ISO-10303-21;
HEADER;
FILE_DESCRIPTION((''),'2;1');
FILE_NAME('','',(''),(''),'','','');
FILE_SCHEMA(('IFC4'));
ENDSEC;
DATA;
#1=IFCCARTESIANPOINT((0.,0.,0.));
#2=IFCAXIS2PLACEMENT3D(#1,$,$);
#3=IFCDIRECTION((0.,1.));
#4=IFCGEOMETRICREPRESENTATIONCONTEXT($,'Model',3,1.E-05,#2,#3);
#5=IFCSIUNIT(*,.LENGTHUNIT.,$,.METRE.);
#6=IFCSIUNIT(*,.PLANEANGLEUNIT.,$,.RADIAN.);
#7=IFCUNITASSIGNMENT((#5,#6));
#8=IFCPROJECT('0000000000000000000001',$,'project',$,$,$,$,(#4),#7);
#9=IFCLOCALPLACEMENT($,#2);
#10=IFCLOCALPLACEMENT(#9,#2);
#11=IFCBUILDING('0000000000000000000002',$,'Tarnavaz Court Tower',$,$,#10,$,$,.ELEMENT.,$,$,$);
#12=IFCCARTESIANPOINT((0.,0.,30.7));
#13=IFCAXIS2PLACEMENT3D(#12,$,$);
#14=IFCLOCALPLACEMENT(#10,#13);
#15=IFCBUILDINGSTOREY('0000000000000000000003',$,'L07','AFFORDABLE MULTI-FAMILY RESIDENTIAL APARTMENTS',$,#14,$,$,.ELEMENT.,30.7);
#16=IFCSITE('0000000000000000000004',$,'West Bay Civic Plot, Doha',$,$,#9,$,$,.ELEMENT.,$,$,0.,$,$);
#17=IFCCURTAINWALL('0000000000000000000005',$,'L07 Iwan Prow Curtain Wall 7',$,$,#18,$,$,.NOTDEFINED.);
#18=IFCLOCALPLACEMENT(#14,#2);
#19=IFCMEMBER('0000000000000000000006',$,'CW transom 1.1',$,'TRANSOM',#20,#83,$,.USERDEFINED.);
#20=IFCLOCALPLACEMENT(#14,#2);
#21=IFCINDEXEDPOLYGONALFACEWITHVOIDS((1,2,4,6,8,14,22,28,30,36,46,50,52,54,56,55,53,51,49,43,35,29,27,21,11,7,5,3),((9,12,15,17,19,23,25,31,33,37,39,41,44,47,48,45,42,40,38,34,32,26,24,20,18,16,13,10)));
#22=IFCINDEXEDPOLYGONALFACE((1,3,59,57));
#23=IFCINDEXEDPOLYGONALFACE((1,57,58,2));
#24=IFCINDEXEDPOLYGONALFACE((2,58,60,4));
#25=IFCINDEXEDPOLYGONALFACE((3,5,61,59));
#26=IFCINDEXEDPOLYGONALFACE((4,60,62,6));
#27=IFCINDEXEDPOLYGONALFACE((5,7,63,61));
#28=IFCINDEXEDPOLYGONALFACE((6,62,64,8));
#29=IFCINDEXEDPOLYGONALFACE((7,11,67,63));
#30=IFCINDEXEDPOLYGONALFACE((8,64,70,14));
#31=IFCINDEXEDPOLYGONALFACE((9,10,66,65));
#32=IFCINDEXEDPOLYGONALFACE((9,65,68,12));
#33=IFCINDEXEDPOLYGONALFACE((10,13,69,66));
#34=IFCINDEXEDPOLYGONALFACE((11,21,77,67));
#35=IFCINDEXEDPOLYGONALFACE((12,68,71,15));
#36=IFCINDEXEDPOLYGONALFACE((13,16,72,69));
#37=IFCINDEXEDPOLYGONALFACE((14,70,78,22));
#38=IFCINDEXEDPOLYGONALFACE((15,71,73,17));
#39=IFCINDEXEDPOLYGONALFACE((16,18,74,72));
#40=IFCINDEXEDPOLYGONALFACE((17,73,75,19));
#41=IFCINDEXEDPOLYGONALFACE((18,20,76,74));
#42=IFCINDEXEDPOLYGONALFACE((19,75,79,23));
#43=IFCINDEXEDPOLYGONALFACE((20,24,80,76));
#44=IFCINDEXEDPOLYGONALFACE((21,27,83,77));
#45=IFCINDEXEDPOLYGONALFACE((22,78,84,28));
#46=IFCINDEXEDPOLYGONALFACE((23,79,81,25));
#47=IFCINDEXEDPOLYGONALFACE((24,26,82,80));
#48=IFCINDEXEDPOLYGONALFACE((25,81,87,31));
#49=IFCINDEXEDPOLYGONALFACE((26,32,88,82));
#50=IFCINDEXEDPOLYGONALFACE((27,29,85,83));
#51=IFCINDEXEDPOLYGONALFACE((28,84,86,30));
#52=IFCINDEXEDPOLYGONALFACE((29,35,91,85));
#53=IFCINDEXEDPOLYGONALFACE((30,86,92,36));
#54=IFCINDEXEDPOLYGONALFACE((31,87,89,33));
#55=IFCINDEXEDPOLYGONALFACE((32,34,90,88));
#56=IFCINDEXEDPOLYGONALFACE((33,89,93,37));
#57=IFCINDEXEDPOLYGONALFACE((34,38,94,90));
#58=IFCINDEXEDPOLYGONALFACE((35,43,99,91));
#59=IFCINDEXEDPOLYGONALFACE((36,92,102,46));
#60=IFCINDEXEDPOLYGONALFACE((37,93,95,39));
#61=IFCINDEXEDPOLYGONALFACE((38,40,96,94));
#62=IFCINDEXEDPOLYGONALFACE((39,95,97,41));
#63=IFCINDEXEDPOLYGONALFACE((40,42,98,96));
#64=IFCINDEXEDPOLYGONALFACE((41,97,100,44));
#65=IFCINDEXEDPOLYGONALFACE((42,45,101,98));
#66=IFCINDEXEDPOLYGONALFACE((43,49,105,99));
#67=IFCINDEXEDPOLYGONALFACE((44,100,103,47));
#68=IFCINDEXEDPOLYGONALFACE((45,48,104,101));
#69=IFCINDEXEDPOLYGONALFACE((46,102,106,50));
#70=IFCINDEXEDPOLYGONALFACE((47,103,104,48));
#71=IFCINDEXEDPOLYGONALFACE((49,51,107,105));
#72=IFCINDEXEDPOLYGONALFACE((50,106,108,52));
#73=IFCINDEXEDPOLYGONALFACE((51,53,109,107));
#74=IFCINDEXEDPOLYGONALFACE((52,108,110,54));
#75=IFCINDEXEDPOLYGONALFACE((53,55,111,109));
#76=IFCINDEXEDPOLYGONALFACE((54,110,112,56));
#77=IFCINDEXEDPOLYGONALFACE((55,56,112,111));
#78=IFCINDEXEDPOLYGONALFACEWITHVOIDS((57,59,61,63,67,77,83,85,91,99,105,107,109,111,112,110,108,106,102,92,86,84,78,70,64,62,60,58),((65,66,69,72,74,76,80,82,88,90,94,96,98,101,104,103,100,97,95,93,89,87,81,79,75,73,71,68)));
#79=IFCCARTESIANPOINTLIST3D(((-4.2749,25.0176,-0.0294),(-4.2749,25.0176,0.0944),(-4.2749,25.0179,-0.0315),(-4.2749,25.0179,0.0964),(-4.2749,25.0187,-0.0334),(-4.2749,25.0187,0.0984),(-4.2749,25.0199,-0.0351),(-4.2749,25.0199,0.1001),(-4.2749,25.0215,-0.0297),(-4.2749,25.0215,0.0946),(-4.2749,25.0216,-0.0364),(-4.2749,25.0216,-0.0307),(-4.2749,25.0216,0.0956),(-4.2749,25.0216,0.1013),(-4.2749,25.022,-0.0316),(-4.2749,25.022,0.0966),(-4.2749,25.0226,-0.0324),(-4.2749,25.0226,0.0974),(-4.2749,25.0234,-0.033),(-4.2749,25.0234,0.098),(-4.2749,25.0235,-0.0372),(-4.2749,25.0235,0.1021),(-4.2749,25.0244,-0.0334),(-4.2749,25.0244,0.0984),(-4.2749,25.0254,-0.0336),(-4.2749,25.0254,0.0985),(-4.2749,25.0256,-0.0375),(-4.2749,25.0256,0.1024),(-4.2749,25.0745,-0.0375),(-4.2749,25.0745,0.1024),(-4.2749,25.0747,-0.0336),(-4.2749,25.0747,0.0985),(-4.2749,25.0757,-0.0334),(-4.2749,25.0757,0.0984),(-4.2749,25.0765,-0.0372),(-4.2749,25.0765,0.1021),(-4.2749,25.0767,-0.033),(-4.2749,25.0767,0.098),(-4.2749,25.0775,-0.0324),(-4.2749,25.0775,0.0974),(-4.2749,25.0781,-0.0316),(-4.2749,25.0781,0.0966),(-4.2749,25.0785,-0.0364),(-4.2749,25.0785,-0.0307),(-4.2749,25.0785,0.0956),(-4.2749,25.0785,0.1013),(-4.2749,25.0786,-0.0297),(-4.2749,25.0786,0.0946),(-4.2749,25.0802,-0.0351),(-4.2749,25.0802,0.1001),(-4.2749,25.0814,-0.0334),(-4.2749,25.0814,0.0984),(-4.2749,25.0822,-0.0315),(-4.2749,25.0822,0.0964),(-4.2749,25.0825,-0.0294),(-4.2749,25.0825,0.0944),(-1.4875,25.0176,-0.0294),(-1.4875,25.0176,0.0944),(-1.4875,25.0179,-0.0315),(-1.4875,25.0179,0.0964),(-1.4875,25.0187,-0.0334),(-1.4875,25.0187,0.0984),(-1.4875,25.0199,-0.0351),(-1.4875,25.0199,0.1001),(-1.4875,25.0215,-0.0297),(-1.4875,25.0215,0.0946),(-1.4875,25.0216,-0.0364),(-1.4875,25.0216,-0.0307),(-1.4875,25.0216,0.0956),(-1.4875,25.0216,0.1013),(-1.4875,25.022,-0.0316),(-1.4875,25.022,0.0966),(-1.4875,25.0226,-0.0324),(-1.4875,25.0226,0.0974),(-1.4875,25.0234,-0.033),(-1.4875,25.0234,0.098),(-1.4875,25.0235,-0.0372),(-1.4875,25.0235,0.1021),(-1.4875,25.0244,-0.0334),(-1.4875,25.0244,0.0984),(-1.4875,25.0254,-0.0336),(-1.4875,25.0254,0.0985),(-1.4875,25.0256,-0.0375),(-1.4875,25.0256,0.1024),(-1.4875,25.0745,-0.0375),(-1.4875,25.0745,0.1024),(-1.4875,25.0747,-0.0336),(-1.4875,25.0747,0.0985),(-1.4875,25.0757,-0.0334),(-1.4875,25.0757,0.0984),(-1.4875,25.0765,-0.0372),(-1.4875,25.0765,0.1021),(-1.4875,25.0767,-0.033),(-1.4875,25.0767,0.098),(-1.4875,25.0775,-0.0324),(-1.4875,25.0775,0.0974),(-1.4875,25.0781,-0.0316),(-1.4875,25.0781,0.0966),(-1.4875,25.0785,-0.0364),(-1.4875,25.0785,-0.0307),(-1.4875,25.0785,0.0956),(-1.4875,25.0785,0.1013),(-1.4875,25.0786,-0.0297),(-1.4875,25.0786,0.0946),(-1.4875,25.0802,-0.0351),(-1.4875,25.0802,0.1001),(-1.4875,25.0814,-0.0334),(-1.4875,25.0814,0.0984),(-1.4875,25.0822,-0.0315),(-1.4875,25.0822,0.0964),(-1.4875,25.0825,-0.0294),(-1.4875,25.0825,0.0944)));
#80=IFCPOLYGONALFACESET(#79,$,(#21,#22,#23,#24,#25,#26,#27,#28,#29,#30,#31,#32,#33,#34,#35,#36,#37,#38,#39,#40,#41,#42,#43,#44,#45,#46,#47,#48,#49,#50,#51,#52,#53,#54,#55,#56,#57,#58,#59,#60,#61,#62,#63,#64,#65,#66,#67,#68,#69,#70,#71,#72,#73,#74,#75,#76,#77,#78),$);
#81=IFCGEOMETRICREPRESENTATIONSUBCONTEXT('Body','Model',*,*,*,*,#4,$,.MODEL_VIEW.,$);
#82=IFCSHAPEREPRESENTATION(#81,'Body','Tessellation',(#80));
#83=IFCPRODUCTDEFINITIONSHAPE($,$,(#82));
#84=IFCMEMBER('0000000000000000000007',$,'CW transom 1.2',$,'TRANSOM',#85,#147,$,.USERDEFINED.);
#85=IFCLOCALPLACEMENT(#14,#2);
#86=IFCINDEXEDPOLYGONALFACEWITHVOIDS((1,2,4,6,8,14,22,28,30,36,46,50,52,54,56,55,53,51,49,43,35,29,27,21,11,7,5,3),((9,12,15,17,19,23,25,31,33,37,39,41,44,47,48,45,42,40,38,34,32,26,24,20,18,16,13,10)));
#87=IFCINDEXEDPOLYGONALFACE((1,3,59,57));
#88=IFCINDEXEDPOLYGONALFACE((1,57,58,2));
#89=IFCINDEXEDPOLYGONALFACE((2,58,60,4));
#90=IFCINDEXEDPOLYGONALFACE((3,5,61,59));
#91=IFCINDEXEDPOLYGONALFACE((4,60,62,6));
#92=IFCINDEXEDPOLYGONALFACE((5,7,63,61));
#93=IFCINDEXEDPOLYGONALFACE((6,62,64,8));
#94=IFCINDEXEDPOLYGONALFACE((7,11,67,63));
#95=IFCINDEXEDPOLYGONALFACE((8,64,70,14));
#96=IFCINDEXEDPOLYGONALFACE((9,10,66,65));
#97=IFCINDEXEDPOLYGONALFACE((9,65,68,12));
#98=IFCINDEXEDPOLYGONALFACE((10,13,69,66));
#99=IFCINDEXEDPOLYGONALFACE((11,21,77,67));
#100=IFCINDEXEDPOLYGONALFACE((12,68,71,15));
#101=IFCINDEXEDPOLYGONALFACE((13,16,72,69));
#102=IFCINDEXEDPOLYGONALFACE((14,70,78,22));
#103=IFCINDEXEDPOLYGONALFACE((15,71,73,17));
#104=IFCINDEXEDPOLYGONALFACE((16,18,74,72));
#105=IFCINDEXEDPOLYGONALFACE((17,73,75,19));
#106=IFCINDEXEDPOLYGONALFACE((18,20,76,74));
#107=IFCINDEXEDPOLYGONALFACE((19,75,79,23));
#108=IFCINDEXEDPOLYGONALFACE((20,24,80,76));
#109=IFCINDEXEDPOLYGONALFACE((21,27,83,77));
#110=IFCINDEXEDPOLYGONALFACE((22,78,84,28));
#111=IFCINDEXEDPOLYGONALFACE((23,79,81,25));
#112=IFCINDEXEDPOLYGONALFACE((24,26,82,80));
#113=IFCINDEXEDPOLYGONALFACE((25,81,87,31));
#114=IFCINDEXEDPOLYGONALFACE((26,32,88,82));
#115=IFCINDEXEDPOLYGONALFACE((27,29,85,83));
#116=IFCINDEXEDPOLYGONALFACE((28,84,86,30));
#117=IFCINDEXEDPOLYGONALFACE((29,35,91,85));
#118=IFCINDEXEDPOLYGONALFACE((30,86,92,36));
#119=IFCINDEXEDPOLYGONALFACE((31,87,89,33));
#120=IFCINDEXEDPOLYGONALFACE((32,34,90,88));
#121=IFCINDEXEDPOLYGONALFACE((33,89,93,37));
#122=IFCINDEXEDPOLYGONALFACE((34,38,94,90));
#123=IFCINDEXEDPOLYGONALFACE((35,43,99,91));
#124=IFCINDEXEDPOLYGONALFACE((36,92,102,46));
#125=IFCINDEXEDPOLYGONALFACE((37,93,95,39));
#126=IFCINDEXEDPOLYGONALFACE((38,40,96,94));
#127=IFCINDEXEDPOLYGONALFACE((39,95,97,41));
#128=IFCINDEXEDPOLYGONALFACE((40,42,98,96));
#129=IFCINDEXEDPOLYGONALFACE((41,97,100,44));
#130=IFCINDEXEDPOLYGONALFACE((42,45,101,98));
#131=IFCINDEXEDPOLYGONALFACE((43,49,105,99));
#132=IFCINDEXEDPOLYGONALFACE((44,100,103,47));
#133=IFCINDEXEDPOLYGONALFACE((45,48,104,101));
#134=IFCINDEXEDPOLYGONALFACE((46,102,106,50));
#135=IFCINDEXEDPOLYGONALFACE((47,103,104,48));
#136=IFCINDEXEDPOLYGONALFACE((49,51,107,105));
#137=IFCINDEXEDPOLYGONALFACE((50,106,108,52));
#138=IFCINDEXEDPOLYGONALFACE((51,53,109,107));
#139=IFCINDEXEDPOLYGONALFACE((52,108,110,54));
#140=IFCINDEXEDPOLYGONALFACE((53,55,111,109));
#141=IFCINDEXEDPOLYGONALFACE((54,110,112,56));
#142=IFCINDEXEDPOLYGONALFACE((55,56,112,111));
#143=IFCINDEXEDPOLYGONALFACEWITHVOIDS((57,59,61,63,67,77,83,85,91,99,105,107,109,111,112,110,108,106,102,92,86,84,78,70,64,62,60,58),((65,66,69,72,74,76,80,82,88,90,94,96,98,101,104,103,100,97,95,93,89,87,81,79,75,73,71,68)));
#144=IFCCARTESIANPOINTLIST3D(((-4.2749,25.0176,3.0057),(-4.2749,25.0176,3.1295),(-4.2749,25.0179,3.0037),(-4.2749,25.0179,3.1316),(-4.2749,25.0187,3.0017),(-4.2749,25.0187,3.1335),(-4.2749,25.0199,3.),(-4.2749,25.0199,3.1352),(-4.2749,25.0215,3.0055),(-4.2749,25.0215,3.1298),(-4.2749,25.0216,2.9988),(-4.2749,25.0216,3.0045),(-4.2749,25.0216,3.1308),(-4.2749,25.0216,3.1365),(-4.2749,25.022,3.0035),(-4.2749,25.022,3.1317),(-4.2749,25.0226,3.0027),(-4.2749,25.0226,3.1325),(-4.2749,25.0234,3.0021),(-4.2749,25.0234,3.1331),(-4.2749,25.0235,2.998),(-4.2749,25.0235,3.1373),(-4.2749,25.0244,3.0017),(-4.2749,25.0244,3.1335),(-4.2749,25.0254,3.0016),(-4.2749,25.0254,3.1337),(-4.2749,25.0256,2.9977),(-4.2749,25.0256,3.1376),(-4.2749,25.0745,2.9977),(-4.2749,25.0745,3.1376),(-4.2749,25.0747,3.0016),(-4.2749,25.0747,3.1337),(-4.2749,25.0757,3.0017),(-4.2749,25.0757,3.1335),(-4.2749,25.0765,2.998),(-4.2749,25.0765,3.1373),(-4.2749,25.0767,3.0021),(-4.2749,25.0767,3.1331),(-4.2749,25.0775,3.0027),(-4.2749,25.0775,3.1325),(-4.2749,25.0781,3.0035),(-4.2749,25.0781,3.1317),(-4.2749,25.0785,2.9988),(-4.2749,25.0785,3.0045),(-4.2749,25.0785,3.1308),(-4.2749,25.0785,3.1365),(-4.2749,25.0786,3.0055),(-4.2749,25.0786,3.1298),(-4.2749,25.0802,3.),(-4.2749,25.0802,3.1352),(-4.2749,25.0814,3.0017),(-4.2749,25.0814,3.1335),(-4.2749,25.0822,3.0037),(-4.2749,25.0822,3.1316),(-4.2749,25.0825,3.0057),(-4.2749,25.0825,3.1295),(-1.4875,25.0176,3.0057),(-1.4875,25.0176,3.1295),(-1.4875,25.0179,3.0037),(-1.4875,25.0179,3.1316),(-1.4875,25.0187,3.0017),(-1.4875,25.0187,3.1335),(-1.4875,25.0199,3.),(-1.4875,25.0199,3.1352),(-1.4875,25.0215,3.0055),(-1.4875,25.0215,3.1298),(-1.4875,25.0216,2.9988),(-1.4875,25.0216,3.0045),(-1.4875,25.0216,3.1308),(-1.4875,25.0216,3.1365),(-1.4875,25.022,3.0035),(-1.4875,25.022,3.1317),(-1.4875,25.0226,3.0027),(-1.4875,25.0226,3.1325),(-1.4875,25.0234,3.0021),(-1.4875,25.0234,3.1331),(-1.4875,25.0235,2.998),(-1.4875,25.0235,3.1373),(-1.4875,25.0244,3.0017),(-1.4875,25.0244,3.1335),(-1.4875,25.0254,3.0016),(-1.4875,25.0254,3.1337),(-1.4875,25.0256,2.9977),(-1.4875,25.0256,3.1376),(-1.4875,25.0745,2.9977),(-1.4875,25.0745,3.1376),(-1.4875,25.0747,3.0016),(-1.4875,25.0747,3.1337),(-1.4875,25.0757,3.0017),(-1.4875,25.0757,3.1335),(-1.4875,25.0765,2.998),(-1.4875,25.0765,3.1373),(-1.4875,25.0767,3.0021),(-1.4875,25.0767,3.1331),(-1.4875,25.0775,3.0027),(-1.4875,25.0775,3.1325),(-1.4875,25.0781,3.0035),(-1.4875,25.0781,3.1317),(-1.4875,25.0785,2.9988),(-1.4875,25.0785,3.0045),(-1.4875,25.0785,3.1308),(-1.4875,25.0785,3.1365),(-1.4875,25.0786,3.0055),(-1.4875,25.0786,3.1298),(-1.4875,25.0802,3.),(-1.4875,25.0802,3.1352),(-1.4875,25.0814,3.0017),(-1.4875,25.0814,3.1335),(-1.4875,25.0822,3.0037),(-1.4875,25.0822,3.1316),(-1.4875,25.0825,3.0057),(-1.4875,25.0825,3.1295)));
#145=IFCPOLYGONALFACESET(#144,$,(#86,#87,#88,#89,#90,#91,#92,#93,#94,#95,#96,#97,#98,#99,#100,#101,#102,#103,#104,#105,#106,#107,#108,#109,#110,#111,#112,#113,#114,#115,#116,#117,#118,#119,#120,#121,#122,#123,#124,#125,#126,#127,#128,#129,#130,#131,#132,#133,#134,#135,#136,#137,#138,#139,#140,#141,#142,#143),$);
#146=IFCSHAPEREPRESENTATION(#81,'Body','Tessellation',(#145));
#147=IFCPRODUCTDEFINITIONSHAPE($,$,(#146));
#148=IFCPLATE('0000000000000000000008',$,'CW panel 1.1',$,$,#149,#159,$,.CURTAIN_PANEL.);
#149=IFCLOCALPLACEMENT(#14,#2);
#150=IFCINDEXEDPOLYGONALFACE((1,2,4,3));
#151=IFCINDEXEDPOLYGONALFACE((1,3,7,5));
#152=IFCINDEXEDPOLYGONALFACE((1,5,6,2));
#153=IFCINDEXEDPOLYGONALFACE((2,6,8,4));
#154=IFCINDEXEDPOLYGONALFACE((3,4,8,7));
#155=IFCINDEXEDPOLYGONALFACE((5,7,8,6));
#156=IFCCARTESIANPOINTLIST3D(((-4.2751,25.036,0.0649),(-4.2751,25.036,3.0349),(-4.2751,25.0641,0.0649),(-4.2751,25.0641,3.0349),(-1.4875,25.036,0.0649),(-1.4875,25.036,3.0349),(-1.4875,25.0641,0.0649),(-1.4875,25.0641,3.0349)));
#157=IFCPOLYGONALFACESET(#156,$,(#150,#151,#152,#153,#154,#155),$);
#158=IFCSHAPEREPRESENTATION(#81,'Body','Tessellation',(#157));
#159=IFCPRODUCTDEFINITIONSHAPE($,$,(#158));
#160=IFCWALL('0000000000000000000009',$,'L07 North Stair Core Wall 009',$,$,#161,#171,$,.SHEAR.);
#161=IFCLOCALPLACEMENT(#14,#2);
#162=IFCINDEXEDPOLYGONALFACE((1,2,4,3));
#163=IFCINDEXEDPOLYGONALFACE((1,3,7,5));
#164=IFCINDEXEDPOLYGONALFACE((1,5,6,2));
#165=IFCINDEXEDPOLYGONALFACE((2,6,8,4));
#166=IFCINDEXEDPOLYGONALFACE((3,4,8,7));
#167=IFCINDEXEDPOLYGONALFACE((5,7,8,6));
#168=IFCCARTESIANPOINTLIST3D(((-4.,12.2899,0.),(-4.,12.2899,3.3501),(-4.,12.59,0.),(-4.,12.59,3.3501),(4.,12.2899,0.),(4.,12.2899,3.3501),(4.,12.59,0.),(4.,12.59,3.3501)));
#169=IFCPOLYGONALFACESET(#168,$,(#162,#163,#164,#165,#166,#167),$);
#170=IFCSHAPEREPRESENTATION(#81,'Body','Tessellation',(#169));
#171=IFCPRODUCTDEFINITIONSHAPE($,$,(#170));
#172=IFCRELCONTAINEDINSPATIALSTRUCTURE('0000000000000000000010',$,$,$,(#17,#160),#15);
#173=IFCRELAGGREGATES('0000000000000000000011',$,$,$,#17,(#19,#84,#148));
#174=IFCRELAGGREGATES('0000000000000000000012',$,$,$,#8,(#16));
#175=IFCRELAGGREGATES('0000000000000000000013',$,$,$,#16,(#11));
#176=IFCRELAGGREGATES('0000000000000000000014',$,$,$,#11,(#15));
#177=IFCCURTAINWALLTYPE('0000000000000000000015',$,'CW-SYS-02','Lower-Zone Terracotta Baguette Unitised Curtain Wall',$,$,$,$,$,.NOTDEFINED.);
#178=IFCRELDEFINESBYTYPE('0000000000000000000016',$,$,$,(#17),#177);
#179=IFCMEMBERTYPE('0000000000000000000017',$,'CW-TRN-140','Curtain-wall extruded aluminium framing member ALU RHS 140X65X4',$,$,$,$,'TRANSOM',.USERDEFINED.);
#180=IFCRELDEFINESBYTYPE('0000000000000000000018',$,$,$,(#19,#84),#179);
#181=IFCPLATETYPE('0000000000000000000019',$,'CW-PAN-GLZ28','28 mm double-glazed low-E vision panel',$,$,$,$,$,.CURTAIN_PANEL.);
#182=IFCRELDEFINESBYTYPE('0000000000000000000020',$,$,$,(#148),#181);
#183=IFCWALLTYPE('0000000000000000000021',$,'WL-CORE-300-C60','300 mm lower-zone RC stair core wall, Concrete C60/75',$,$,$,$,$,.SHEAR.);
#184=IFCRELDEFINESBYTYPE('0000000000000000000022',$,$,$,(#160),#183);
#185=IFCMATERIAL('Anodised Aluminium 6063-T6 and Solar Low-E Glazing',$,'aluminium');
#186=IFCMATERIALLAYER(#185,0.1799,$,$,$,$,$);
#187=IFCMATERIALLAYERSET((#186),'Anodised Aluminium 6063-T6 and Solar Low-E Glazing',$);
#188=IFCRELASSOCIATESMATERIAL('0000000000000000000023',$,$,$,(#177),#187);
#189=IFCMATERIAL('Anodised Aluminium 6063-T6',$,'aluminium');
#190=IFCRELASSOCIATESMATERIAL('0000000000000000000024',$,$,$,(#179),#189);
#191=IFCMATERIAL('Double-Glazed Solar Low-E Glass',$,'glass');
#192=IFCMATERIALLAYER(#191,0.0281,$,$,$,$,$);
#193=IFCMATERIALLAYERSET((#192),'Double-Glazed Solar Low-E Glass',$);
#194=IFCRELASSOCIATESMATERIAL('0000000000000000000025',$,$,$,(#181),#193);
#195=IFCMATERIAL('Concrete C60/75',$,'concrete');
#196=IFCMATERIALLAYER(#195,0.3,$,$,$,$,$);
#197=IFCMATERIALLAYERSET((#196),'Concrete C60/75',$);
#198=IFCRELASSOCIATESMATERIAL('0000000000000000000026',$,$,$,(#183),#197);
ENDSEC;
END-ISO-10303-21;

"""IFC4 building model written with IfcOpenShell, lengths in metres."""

from ifc_helpers import new_model, si_unit, direction, frame, frame_2d, origin, origin_2d, place, context, subcontext, project, spatial, rectangle, hollow_rectangle, extrude, material, layer, layer_set, material_profile, profile_set, type_object, element, aggregate, save


model = new_model("IFC4")

# Units and contexts
model_context = context("Model", 3, precision=1e-05, world=origin(), true_north=direction((0.0, 1.0)))
body_context = subcontext(model_context, "Body", "Model", "MODEL_VIEW")
ifc_project = project(units=[si_unit("LENGTHUNIT", "METRE"), si_unit("PLANEANGLEUNIT", "RADIAN")], contexts=[model_context])

# Site, building, storey
site_placement = place(None, origin())
site = spatial("IfcSite", under=ifc_project, at=site_placement, Name="West Bay Civic Plot, Doha", CompositionType="ELEMENT", RefElevation=0.0)
building_placement = place(site_placement, origin())
building = spatial("IfcBuilding", under=site, at=building_placement, Name="Tarnavaz Court Tower", CompositionType="ELEMENT")
storey_placement = place(building_placement, frame((0.0, 0.0, 30.7)))
storey = spatial("IfcBuildingStorey", under=building, at=storey_placement, Name="L07", Description="AFFORDABLE MULTI-FAMILY RESIDENTIAL APARTMENTS", CompositionType="ELEMENT", Elevation=30.7)

# Shared definitions
ifc_material_1 = material(Name="Concrete C60/75", Category="concrete")

# Curtain wall, members, plate
ifc_material_2 = material(Name="Anodised Aluminium 6063-T6 and Solar Low-E Glazing", Category="aluminium")
ifc_layer_1 = layer(ifc_material_2, 0.1799)
ifc_layer_set_1 = layer_set([ifc_layer_1], Name="Anodised Aluminium 6063-T6 and Solar Low-E Glazing")
curtain_wall_type = type_object("IfcCurtainWallType", Name="CW-SYS-02", Description="Lower-Zone Terracotta Baguette Unitised Curtain Wall", PredefinedType="NOTDEFINED", material=ifc_layer_set_1)
curtain_wall_placement = place(storey_placement, origin())
curtain_wall = element("IfcCurtainWall", 1, at=curtain_wall_placement, inside=storey, type_object=curtain_wall_type, Name="L07 Iwan Prow Curtain Wall 7", PredefinedType="NOTDEFINED")
ifc_material_3 = material(Name="Anodised Aluminium 6063-T6", Category="aluminium")
ifc_material_profile_1 = material_profile(ifc_material_3, hollow_rectangle(XDim=0.0649, YDim=0.1399, WallThickness=0.0039, InnerFilletRadius=0.0039, OuterFilletRadius=0.0081, at=origin_2d()), Name="ALU RHS 140X65X4")
ifc_profile_set_1 = profile_set([ifc_material_profile_1], Name="Anodised Aluminium 6063-T6")
member_type_1 = type_object("IfcMemberType", Name="CW-TRN-140", Description="Curtain-wall extruded aluminium framing member ALU RHS 140X65X4", ElementType="TRANSOM", PredefinedType="USERDEFINED", material=ifc_profile_set_1)
member_1_placement = place(storey_placement, frame((-4.2749, 25.05, 0.0325), z_axis=(1.0, 0.0, 0.0), x_axis=(0.0, 1.0, 0.0)))
member_1 = element("IfcMember", 2, at=member_1_placement, type_object=member_type_1, Name="CW transom 1.1", ObjectType="TRANSOM", PredefinedType="USERDEFINED", context=body_context, shape_type="SweptSolid", body=[
    extrude(hollow_rectangle(XDim=0.0649, YDim=0.1399, WallThickness=0.0039, InnerFilletRadius=0.0039, OuterFilletRadius=0.0081, at=origin_2d()), origin(), (0.0, 0.0, 1.0), 2.7874),
])
member_2_placement = place(storey_placement, frame((-4.2749, 25.05, 3.0676), z_axis=(1.0, 0.0, 0.0), x_axis=(0.0, 1.0, 0.0)))
member_2 = element("IfcMember", 3, at=member_2_placement, type_object=member_type_1, Name="CW transom 1.2", ObjectType="TRANSOM", PredefinedType="USERDEFINED", context=body_context, shape_type="SweptSolid", body=[
    extrude(hollow_rectangle(XDim=0.0649, YDim=0.1399, WallThickness=0.0039, InnerFilletRadius=0.0039, OuterFilletRadius=0.0081, at=origin_2d()), origin(), (0.0, 0.0, 1.0), 2.7874),
])
ifc_material_4 = material(Name="Double-Glazed Solar Low-E Glass", Category="glass")
ifc_layer_2 = layer(ifc_material_4, 0.0281)
ifc_layer_set_2 = layer_set([ifc_layer_2], Name="Double-Glazed Solar Low-E Glass")
plate_type = type_object("IfcPlateType", Name="CW-PAN-GLZ28", Description="28 mm double-glazed low-E vision panel", PredefinedType="CURTAIN_PANEL", material=ifc_layer_set_2)
plate_placement = place(storey_placement, frame((-2.8813, 25.05, 0.0649), z_axis=(0.0, 0.0, 1.0), x_axis=(1.0, 0.0, 0.0)))
plate = element("IfcPlate", 4, at=plate_placement, type_object=plate_type, Name="CW panel 1.1", PredefinedType="CURTAIN_PANEL", context=body_context, shape_type="SweptSolid", body=[
    extrude(rectangle(XDim=2.7876, YDim=0.0281, at=origin_2d()), origin(), (0.0, 0.0, 1.0), 2.97),
])
aggregate(curtain_wall, [member_1, member_2, plate])

# Wall
ifc_layer_3 = layer(ifc_material_1, 0.3)
ifc_layer_set_3 = layer_set([ifc_layer_3], Name="Concrete C60/75")
wall_type_1 = type_object("IfcWallType", Name="WL-CORE-300-C60", Description="300 mm lower-zone RC stair core wall, Concrete C60/75", PredefinedType="SHEAR", material=ifc_layer_set_3)
wall_1_placement = place(storey_placement, frame((-4.0, 12.4399, 0.0), z_axis=(0.0, 0.0, 1.0), x_axis=(1.0, 0.0, 0.0)))
element("IfcWall", 5, at=wall_1_placement, inside=storey, type_object=wall_type_1, Name="L07 North Stair Core Wall 009", PredefinedType="SHEAR", context=body_context, shape_type="SweptSolid", body=[
    extrude(rectangle(XDim=8.0, YDim=0.3, at=frame_2d((4.0, 0.0))), origin(), (0.0, 0.0, 1.0), 3.3501),
])

save(model, "model.ifc")
